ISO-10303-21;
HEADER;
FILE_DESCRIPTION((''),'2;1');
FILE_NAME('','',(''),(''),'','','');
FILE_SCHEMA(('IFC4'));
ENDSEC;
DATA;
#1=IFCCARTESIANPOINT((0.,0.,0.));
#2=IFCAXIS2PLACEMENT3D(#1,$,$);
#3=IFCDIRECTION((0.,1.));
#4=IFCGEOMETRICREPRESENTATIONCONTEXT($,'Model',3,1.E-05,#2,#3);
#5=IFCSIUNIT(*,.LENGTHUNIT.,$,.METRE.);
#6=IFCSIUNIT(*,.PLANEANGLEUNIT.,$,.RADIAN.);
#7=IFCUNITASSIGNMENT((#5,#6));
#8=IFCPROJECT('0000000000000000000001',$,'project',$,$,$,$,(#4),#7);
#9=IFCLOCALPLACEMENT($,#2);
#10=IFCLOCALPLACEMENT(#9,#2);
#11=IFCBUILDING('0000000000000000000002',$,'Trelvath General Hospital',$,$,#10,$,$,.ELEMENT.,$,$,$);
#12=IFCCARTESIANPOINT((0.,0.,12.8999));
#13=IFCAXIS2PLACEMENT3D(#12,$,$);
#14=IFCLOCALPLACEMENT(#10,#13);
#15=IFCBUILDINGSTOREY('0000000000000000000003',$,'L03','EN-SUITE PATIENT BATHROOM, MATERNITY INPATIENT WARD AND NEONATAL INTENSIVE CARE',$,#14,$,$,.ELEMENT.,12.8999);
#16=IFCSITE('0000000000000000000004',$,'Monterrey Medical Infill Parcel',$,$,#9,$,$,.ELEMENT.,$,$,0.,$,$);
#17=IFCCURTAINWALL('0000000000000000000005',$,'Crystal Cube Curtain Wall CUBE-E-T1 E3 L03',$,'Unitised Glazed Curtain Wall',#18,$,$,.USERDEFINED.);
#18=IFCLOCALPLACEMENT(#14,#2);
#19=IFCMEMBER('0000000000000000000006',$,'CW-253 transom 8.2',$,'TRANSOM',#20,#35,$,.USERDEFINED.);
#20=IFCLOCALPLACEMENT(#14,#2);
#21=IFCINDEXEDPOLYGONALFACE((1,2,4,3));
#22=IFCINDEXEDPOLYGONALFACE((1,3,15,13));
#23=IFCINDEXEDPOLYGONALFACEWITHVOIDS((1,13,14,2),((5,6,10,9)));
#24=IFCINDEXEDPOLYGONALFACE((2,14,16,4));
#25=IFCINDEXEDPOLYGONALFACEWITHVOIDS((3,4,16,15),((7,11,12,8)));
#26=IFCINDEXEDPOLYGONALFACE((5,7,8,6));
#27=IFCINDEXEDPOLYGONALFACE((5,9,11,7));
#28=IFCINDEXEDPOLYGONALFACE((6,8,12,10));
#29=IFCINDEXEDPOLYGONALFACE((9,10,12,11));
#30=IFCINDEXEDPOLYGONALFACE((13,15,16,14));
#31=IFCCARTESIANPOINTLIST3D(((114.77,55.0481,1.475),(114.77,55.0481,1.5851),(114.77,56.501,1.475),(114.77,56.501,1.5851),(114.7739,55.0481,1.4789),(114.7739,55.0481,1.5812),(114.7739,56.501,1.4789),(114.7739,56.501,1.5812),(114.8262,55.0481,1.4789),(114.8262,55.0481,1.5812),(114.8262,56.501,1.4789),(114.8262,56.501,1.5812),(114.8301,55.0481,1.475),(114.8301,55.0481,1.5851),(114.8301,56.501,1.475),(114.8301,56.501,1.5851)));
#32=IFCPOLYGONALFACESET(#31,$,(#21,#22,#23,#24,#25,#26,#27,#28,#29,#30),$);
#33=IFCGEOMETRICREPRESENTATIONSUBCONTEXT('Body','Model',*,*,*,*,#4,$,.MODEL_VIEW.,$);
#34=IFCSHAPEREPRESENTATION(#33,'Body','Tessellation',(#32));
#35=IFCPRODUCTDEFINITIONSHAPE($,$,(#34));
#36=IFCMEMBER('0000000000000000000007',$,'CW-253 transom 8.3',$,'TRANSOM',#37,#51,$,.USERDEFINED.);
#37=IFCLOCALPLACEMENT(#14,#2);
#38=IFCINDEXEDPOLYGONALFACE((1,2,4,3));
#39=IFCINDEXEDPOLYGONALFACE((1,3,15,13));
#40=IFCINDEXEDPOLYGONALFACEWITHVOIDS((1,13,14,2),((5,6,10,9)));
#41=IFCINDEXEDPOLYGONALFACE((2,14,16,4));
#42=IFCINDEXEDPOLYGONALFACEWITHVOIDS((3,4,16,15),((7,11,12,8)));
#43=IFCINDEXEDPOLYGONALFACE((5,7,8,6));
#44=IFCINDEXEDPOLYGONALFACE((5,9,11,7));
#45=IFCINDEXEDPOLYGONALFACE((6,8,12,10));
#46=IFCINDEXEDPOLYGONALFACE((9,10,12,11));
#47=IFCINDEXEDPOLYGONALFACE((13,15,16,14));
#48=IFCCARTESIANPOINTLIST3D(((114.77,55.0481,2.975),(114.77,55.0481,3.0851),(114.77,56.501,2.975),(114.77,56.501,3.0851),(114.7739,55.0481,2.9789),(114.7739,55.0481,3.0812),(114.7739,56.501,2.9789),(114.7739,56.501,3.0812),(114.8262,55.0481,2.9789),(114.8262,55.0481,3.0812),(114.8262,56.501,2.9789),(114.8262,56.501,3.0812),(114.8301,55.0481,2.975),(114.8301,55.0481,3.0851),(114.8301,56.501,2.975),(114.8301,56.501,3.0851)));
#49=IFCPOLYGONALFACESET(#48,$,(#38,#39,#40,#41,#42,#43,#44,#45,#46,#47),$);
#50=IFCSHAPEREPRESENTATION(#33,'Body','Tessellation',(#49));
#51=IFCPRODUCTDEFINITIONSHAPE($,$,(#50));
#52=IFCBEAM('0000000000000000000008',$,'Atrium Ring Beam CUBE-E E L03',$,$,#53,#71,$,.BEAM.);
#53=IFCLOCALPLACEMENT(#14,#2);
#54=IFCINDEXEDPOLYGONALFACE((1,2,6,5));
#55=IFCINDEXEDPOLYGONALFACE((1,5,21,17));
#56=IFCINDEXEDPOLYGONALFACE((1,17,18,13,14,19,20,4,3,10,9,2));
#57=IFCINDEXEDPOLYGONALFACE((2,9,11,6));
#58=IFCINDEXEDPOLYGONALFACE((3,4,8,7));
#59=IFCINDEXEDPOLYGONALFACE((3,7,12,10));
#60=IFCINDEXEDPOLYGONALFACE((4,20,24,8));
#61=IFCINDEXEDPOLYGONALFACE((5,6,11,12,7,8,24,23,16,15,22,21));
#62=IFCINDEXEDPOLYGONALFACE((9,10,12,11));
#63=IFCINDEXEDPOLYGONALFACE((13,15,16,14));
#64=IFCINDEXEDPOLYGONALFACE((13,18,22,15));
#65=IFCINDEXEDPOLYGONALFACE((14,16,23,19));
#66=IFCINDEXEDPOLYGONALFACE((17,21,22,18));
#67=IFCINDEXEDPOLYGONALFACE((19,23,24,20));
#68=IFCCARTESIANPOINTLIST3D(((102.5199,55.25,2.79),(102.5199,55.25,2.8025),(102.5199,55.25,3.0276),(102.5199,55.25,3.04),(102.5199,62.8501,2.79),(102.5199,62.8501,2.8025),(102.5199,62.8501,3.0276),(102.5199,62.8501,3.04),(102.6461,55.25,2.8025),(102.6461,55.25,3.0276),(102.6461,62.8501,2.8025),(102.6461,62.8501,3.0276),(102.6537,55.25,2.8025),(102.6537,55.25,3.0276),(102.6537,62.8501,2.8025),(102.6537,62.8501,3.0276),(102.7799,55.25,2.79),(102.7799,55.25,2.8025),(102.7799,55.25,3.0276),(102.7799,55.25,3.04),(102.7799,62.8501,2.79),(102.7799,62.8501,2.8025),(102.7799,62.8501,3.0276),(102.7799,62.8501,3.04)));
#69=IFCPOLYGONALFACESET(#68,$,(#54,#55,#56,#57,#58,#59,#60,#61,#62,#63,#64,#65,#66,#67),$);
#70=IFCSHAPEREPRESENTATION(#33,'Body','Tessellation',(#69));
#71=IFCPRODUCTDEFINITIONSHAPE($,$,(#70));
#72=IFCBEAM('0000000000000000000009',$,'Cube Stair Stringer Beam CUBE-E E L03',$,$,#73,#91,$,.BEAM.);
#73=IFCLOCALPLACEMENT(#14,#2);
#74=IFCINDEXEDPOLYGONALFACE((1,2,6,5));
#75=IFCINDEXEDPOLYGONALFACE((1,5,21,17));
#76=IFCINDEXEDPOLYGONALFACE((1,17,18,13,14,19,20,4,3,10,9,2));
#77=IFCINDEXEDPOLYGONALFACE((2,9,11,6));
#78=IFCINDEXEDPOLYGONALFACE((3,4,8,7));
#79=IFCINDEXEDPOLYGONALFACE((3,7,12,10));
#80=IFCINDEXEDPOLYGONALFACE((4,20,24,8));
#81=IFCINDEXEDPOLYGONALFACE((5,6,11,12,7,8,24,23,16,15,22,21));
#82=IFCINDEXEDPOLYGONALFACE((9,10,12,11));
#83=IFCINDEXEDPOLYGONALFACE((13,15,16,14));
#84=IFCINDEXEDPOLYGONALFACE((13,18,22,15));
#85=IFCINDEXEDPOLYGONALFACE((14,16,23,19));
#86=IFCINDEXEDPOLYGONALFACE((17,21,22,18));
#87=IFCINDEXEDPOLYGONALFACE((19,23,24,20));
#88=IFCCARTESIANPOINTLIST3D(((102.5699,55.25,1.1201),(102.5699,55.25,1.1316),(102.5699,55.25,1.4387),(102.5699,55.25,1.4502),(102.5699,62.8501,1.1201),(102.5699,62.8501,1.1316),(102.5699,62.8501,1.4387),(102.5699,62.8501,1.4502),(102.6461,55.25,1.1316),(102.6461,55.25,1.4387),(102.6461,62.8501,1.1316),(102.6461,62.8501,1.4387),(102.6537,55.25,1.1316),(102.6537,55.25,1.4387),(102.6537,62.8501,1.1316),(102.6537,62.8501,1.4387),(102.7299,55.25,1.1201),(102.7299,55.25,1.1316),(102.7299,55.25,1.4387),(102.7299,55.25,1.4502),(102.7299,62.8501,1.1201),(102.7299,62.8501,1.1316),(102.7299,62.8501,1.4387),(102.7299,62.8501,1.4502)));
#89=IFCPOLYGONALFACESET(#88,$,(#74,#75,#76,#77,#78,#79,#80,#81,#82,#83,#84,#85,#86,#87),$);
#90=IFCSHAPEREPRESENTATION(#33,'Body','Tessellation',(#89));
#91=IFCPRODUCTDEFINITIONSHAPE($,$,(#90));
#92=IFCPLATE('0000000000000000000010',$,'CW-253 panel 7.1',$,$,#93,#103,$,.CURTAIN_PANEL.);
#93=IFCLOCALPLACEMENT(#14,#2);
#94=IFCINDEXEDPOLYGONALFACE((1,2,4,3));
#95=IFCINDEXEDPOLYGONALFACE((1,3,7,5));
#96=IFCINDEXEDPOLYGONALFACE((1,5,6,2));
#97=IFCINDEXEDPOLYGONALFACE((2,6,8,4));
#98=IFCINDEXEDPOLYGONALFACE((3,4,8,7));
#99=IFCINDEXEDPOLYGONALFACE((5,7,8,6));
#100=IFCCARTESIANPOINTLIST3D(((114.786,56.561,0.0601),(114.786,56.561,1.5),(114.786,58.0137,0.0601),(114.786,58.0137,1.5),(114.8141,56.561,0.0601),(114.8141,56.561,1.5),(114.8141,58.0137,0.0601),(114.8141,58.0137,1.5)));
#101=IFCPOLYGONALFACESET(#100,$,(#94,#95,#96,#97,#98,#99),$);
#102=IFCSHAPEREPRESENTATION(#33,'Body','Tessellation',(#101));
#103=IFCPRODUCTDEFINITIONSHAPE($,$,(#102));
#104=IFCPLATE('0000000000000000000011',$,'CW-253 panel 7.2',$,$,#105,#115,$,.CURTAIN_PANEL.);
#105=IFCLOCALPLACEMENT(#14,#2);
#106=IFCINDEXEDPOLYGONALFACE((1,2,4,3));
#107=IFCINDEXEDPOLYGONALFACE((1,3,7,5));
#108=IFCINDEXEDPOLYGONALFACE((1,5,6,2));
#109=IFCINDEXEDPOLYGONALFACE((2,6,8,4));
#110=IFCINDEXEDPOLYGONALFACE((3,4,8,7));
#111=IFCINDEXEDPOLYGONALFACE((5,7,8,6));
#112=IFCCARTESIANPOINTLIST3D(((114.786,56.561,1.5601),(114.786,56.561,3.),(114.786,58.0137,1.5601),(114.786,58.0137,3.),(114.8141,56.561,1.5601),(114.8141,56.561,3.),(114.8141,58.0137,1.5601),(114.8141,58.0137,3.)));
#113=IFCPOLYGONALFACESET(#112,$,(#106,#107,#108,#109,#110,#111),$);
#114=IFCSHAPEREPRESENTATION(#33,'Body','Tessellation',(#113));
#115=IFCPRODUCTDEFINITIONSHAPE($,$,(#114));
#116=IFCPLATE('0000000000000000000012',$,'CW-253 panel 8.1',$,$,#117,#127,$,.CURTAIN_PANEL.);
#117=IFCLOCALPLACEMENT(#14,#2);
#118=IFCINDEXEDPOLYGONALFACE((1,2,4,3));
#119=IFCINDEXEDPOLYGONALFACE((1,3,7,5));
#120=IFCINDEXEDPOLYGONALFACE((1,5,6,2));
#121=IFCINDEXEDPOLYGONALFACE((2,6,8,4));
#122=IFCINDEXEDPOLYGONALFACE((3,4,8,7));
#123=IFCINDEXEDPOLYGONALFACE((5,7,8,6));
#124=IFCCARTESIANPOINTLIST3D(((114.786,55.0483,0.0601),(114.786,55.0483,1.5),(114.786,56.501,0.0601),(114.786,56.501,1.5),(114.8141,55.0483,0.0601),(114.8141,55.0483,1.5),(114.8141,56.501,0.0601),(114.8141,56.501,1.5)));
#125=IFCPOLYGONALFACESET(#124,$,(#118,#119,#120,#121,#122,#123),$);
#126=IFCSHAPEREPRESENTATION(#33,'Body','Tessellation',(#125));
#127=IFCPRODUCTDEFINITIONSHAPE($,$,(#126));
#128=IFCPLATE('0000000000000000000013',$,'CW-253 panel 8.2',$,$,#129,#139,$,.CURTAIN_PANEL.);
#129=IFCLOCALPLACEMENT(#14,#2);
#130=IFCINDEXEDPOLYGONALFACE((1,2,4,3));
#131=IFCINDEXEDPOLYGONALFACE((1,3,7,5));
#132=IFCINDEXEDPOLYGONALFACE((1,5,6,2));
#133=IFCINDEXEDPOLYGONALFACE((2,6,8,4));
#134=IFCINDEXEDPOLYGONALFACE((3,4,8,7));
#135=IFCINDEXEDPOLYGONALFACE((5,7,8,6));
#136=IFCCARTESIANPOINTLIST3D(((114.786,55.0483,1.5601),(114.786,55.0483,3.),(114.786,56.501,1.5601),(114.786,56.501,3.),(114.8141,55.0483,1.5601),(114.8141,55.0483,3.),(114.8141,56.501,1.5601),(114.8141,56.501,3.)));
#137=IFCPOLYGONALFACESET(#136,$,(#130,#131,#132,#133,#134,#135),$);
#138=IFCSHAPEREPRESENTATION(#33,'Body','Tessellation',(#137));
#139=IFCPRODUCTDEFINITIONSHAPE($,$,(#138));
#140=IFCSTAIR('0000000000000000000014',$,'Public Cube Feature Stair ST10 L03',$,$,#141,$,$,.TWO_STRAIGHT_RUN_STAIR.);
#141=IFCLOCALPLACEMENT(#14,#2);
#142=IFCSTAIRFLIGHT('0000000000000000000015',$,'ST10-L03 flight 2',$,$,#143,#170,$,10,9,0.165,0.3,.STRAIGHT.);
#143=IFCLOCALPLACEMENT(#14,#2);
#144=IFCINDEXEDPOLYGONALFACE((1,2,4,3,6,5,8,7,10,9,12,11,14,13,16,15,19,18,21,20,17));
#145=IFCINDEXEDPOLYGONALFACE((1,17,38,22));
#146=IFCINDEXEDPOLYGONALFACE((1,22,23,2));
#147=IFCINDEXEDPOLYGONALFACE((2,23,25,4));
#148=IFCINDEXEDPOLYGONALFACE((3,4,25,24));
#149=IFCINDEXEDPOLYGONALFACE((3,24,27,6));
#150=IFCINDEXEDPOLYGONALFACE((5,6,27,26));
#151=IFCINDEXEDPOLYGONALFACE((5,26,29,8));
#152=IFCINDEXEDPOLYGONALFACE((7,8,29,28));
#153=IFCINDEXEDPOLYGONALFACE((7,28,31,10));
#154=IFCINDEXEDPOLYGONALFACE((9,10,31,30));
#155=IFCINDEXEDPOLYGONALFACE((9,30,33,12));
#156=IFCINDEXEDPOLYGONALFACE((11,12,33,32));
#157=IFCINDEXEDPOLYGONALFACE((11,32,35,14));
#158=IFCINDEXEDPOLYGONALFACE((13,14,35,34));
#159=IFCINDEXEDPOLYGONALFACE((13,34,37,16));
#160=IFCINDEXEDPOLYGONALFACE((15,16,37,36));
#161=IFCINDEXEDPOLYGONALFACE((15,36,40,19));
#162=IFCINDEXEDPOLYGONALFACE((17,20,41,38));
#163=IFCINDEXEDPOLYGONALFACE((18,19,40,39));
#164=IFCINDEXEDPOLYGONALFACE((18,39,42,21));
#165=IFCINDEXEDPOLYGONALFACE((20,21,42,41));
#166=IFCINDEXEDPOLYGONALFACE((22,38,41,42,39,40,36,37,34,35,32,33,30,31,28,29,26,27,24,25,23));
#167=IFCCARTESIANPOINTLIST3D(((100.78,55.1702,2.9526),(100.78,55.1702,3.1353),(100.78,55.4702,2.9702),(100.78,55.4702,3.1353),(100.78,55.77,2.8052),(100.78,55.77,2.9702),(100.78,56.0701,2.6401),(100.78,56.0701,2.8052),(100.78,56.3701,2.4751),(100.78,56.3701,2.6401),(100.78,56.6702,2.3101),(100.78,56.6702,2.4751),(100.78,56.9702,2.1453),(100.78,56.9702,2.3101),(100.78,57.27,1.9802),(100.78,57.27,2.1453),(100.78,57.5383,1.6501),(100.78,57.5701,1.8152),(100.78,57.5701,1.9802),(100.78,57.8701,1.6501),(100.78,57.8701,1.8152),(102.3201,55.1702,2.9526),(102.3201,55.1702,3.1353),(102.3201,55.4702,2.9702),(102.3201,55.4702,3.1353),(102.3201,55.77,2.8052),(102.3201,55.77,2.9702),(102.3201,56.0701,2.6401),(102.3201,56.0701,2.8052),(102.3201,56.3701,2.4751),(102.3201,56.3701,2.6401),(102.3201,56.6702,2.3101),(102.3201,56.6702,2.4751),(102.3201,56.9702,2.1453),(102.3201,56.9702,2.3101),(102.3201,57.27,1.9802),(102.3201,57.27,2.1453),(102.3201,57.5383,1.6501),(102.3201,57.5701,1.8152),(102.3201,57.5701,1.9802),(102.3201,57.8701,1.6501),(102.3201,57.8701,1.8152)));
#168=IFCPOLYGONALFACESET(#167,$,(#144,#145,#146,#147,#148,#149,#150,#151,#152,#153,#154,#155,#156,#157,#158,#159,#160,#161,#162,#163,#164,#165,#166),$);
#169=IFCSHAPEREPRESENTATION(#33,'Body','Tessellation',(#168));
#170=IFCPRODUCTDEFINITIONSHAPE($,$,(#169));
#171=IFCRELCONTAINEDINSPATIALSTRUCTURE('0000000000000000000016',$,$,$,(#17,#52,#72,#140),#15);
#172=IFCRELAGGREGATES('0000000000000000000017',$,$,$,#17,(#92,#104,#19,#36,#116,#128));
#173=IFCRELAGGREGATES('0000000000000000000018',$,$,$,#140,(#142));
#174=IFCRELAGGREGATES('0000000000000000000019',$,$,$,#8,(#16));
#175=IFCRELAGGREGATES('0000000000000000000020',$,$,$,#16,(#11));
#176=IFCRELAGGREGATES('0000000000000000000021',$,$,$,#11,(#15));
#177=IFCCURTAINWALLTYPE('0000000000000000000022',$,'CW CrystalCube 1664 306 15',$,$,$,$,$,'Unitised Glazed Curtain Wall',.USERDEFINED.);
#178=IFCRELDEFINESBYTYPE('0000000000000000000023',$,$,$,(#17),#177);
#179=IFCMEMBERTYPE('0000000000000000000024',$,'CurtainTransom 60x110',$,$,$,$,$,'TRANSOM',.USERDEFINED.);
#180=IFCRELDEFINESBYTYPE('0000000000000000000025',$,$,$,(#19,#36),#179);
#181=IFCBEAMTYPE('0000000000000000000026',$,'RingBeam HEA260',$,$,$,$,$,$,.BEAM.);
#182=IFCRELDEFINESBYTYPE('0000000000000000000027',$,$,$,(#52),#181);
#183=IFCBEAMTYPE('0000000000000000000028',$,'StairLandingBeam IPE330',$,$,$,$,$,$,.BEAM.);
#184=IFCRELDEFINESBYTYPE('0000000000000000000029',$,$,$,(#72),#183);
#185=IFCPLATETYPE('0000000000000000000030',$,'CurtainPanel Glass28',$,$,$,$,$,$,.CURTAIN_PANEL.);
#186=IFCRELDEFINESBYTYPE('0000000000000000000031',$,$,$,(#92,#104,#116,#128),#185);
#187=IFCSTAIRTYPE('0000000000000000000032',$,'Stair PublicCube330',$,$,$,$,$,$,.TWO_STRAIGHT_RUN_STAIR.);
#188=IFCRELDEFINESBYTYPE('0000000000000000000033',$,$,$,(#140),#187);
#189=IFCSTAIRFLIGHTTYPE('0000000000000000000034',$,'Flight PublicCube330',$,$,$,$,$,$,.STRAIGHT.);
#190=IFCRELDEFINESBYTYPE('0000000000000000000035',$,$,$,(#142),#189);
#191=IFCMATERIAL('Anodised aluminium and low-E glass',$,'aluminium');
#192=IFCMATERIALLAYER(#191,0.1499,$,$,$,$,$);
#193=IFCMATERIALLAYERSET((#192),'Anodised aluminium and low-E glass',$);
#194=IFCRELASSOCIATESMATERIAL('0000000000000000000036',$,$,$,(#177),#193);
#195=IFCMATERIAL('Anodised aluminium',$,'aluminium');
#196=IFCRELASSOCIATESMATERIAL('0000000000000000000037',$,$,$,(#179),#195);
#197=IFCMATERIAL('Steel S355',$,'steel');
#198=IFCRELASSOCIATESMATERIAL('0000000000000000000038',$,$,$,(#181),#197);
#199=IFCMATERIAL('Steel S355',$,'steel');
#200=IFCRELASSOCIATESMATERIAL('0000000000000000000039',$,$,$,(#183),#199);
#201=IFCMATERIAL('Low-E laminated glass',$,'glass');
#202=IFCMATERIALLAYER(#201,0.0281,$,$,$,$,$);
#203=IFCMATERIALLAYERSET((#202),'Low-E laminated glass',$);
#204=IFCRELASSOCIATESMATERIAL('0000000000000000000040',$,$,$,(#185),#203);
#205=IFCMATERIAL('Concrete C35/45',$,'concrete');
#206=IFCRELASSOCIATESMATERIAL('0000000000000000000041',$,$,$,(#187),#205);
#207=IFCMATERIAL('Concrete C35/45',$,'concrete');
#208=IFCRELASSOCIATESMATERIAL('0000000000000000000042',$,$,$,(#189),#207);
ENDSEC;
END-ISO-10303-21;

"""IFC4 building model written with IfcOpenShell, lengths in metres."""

from ifc_helpers import new_model, si_unit, direction, frame, origin, origin_2d, place, context, subcontext, project, spatial, polyline, rectangle, hollow_rectangle, i_section, outline, extrude, material, layer, layer_set, material_profile, profile_set, type_object, element, aggregate, save


model = new_model("IFC4")

# Units and contexts
model_context = context("Model", 3, precision=1e-05, world=origin(), true_north=direction((0.0, 1.0)))
body_context = subcontext(model_context, "Body", "Model", "MODEL_VIEW")
ifc_project = project(units=[si_unit("LENGTHUNIT", "METRE"), si_unit("PLANEANGLEUNIT", "RADIAN")], contexts=[model_context])

# Site, building, storey
site_placement = place(None, origin())
site = spatial("IfcSite", under=ifc_project, at=site_placement, Name="Monterrey Medical Infill Parcel", CompositionType="ELEMENT", RefElevation=0.0)
building_placement = place(site_placement, origin())
building = spatial("IfcBuilding", under=site, at=building_placement, Name="Trelvath General Hospital", CompositionType="ELEMENT")
storey_placement = place(building_placement, frame((0.0, 0.0, 12.8999)))
storey = spatial("IfcBuildingStorey", under=building, at=storey_placement, Name="L03", Description="EN-SUITE PATIENT BATHROOM, MATERNITY INPATIENT WARD AND NEONATAL INTENSIVE CARE", CompositionType="ELEMENT", Elevation=12.8999)

# Curtain wall, members
ifc_material_1 = material(Name="Anodised aluminium and low-E glass", Category="aluminium")
ifc_layer_1 = layer(ifc_material_1, 0.1499)
ifc_layer_set_1 = layer_set([ifc_layer_1], Name="Anodised aluminium and low-E glass")
curtain_wall_type = type_object("IfcCurtainWallType", Name="CW CrystalCube 1664 306 15", ElementType="Unitised Glazed Curtain Wall", PredefinedType="USERDEFINED", material=ifc_layer_set_1)
curtain_wall_placement = place(storey_placement, origin())
curtain_wall = element("IfcCurtainWall", 1, at=curtain_wall_placement, inside=storey, type_object=curtain_wall_type, Name="Crystal Cube Curtain Wall CUBE-E-T1 E3 L03", ObjectType="Unitised Glazed Curtain Wall", PredefinedType="USERDEFINED")
ifc_material_2 = material(Name="Anodised aluminium", Category="aluminium")
ifc_material_profile_1 = material_profile(ifc_material_2, hollow_rectangle(XDim=0.0601, YDim=0.1101, WallThickness=0.0039, at=origin_2d()), Name="RHS60x110x4")
ifc_profile_set_1 = profile_set([ifc_material_profile_1], Name="Anodised aluminium")
member_type_1 = type_object("IfcMemberType", Name="CurtainTransom 60x110", ElementType="TRANSOM", PredefinedType="USERDEFINED", material=ifc_profile_set_1)
member_1_placement = place(storey_placement, frame((114.8, 56.501, 1.53), z_axis=(0.0, -1.0, 0.0), x_axis=(1.0, 0.0, 0.0)))
member_1 = element("IfcMember", 2, at=member_1_placement, type_object=member_type_1, Name="CW-253 transom 8.2", ObjectType="TRANSOM", PredefinedType="USERDEFINED", context=body_context, shape_type="SweptSolid", body=[
    extrude(hollow_rectangle(XDim=0.0601, YDim=0.1101, WallThickness=0.0039, at=origin_2d()), origin(), (0.0, 0.0, 1.0), 1.4529),
])
member_2_placement = place(storey_placement, frame((114.8, 56.501, 3.03), z_axis=(0.0, -1.0, 0.0), x_axis=(1.0, 0.0, 0.0)))
member_2 = element("IfcMember", 3, at=member_2_placement, type_object=member_type_1, Name="CW-253 transom 8.3", ObjectType="TRANSOM", PredefinedType="USERDEFINED", context=body_context, shape_type="SweptSolid", body=[
    extrude(hollow_rectangle(XDim=0.0601, YDim=0.1101, WallThickness=0.0039, at=origin_2d()), origin(), (0.0, 0.0, 1.0), 1.4529),
])

# Beams
ifc_material_3 = material(Name="Steel S355", Category="steel")
ifc_material_profile_2 = material_profile(ifc_material_3, i_section(OverallWidth=0.26, OverallDepth=0.25, WebThickness=0.0076, FlangeThickness=0.0125, at=origin_2d()), Name="HEA260")
ifc_profile_set_2 = profile_set([ifc_material_profile_2], Name="Steel S355")
beam_type_1 = type_object("IfcBeamType", Name="RingBeam HEA260", PredefinedType="BEAM", material=ifc_profile_set_2)
beam_1_placement = place(storey_placement, frame((102.6499, 55.25, 2.915), z_axis=(0.0, 1.0, 0.0), x_axis=(-1.0, 0.0, 0.0)))
element("IfcBeam", 4, at=beam_1_placement, inside=storey, type_object=beam_type_1, Name="Atrium Ring Beam CUBE-E E L03", PredefinedType="BEAM", context=body_context, shape_type="SweptSolid", body=[
    extrude(i_section(OverallWidth=0.26, OverallDepth=0.25, WebThickness=0.0076, FlangeThickness=0.0125, at=origin_2d()), origin(), (0.0, 0.0, 1.0), 7.6001),
])
ifc_material_4 = material(Name="Steel S355", Category="steel")
ifc_material_profile_3 = material_profile(ifc_material_4, i_section(OverallWidth=0.1599, OverallDepth=0.3301, WebThickness=0.0076, FlangeThickness=0.0115, at=origin_2d()), Name="IPE330")
ifc_profile_set_3 = profile_set([ifc_material_profile_3], Name="Steel S355")
beam_type_2 = type_object("IfcBeamType", Name="StairLandingBeam IPE330", PredefinedType="BEAM", material=ifc_profile_set_3)
beam_2_placement = place(storey_placement, frame((102.6499, 55.25, 1.2852), z_axis=(0.0, 1.0, 0.0), x_axis=(-1.0, 0.0, 0.0)))
element("IfcBeam", 5, at=beam_2_placement, inside=storey, type_object=beam_type_2, Name="Cube Stair Stringer Beam CUBE-E E L03", PredefinedType="BEAM", context=body_context, shape_type="SweptSolid", body=[
    extrude(i_section(OverallWidth=0.1599, OverallDepth=0.3301, WebThickness=0.0076, FlangeThickness=0.0115, at=origin_2d()), origin(), (0.0, 0.0, 1.0), 7.6001),
])

# Plates
ifc_material_5 = material(Name="Low-E laminated glass", Category="glass")
ifc_layer_2 = layer(ifc_material_5, 0.0281)
ifc_layer_set_2 = layer_set([ifc_layer_2], Name="Low-E laminated glass")
plate_type = type_object("IfcPlateType", Name="CurtainPanel Glass28", PredefinedType="CURTAIN_PANEL", material=ifc_layer_set_2)
plate_1_placement = place(storey_placement, frame((114.8, 57.2874, 0.0601), z_axis=(0.0, 0.0, 1.0), x_axis=(0.0, -1.0, 0.0)))
plate_1 = element("IfcPlate", 6, at=plate_1_placement, type_object=plate_type, Name="CW-253 panel 7.1", PredefinedType="CURTAIN_PANEL", context=body_context, shape_type="SweptSolid", body=[
    extrude(rectangle(XDim=1.4526, YDim=0.0281, at=origin_2d()), origin(), (0.0, 0.0, 1.0), 1.4399),
])
plate_2_placement = place(storey_placement, frame((114.8, 57.2874, 1.5601), z_axis=(0.0, 0.0, 1.0), x_axis=(0.0, -1.0, 0.0)))
plate_2 = element("IfcPlate", 7, at=plate_2_placement, type_object=plate_type, Name="CW-253 panel 7.2", PredefinedType="CURTAIN_PANEL", context=body_context, shape_type="SweptSolid", body=[
    extrude(rectangle(XDim=1.4526, YDim=0.0281, at=origin_2d()), origin(), (0.0, 0.0, 1.0), 1.4399),
])
plate_3_placement = place(storey_placement, frame((114.8, 55.7747, 0.0601), z_axis=(0.0, 0.0, 1.0), x_axis=(0.0, -1.0, 0.0)))
plate_3 = element("IfcPlate", 8, at=plate_3_placement, type_object=plate_type, Name="CW-253 panel 8.1", PredefinedType="CURTAIN_PANEL", context=body_context, shape_type="SweptSolid", body=[
    extrude(rectangle(XDim=1.4526, YDim=0.0281, at=origin_2d()), origin(), (0.0, 0.0, 1.0), 1.4399),
])
plate_4_placement = place(storey_placement, frame((114.8, 55.7747, 1.5601), z_axis=(0.0, 0.0, 1.0), x_axis=(0.0, -1.0, 0.0)))
plate_4 = element("IfcPlate", 9, at=plate_4_placement, type_object=plate_type, Name="CW-253 panel 8.2", PredefinedType="CURTAIN_PANEL", context=body_context, shape_type="SweptSolid", body=[
    extrude(rectangle(XDim=1.4526, YDim=0.0281, at=origin_2d()), origin(), (0.0, 0.0, 1.0), 1.4399),
])
aggregate(curtain_wall, [plate_1, plate_2, member_1, member_2, plate_3, plate_4])

# Stair, stair flight
ifc_material_6 = material(Name="Concrete C35/45", Category="concrete")
stair_type = type_object("IfcStairType", Name="Stair PublicCube330", PredefinedType="TWO_STRAIGHT_RUN_STAIR", material=ifc_material_6)
stair_placement = place(storey_placement, origin())
stair = element("IfcStair", 10, at=stair_placement, inside=storey, type_object=stair_type, Name="Public Cube Feature Stair ST10 L03", PredefinedType="TWO_STRAIGHT_RUN_STAIR")
ifc_material_7 = material(Name="Concrete C35/45", Category="concrete")
stair_flight_type = type_object("IfcStairFlightType", Name="Flight PublicCube330", PredefinedType="STRAIGHT", material=ifc_material_7)
stair_flight_placement = place(storey_placement, frame((101.55, 57.8701, 1.6501), z_axis=(0.0, 0.0, 1.0), x_axis=(0.0, -1.0, 0.0)))
stair_flight = element("IfcStairFlight", 11, at=stair_flight_placement, type_object=stair_flight_type, Name="ST10-L03 flight 2", NumberOfRisers=10, NumberOfTreads=9, PredefinedType="STRAIGHT", RiserHeight=0.165, TreadLength=0.3, context=body_context, shape_type="SweptSolid", body=[
    extrude(outline(polyline([(0.0, 0.0), (0.0, 0.165), (0.3, 0.165), (0.3, 0.3301), (0.6001, 0.3301), (0.6001, 0.4951), (0.8999, 0.4951), (0.8999, 0.6599), (1.2, 0.6599), (1.2, 0.825), (1.5, 0.825), (1.5, 0.99), (1.8, 0.99), (1.8, 1.155), (2.1001, 1.155), (2.1001, 1.3201), (2.3999, 1.3201), (2.3999, 1.4851), (2.7, 1.4851), (2.7, 1.6499), (2.7, 1.3025), (0.3318, 0.0), (0.0, 0.0)])), frame((0.0, 0.77, 0.0), z_axis=(0.0, -1.0, 0.0), x_axis=(1.0, 0.0, 0.0)), (0.0, 0.0, 1.0), 1.54),
])
aggregate(stair, [stair_flight])

save(model, "model.ifc")
